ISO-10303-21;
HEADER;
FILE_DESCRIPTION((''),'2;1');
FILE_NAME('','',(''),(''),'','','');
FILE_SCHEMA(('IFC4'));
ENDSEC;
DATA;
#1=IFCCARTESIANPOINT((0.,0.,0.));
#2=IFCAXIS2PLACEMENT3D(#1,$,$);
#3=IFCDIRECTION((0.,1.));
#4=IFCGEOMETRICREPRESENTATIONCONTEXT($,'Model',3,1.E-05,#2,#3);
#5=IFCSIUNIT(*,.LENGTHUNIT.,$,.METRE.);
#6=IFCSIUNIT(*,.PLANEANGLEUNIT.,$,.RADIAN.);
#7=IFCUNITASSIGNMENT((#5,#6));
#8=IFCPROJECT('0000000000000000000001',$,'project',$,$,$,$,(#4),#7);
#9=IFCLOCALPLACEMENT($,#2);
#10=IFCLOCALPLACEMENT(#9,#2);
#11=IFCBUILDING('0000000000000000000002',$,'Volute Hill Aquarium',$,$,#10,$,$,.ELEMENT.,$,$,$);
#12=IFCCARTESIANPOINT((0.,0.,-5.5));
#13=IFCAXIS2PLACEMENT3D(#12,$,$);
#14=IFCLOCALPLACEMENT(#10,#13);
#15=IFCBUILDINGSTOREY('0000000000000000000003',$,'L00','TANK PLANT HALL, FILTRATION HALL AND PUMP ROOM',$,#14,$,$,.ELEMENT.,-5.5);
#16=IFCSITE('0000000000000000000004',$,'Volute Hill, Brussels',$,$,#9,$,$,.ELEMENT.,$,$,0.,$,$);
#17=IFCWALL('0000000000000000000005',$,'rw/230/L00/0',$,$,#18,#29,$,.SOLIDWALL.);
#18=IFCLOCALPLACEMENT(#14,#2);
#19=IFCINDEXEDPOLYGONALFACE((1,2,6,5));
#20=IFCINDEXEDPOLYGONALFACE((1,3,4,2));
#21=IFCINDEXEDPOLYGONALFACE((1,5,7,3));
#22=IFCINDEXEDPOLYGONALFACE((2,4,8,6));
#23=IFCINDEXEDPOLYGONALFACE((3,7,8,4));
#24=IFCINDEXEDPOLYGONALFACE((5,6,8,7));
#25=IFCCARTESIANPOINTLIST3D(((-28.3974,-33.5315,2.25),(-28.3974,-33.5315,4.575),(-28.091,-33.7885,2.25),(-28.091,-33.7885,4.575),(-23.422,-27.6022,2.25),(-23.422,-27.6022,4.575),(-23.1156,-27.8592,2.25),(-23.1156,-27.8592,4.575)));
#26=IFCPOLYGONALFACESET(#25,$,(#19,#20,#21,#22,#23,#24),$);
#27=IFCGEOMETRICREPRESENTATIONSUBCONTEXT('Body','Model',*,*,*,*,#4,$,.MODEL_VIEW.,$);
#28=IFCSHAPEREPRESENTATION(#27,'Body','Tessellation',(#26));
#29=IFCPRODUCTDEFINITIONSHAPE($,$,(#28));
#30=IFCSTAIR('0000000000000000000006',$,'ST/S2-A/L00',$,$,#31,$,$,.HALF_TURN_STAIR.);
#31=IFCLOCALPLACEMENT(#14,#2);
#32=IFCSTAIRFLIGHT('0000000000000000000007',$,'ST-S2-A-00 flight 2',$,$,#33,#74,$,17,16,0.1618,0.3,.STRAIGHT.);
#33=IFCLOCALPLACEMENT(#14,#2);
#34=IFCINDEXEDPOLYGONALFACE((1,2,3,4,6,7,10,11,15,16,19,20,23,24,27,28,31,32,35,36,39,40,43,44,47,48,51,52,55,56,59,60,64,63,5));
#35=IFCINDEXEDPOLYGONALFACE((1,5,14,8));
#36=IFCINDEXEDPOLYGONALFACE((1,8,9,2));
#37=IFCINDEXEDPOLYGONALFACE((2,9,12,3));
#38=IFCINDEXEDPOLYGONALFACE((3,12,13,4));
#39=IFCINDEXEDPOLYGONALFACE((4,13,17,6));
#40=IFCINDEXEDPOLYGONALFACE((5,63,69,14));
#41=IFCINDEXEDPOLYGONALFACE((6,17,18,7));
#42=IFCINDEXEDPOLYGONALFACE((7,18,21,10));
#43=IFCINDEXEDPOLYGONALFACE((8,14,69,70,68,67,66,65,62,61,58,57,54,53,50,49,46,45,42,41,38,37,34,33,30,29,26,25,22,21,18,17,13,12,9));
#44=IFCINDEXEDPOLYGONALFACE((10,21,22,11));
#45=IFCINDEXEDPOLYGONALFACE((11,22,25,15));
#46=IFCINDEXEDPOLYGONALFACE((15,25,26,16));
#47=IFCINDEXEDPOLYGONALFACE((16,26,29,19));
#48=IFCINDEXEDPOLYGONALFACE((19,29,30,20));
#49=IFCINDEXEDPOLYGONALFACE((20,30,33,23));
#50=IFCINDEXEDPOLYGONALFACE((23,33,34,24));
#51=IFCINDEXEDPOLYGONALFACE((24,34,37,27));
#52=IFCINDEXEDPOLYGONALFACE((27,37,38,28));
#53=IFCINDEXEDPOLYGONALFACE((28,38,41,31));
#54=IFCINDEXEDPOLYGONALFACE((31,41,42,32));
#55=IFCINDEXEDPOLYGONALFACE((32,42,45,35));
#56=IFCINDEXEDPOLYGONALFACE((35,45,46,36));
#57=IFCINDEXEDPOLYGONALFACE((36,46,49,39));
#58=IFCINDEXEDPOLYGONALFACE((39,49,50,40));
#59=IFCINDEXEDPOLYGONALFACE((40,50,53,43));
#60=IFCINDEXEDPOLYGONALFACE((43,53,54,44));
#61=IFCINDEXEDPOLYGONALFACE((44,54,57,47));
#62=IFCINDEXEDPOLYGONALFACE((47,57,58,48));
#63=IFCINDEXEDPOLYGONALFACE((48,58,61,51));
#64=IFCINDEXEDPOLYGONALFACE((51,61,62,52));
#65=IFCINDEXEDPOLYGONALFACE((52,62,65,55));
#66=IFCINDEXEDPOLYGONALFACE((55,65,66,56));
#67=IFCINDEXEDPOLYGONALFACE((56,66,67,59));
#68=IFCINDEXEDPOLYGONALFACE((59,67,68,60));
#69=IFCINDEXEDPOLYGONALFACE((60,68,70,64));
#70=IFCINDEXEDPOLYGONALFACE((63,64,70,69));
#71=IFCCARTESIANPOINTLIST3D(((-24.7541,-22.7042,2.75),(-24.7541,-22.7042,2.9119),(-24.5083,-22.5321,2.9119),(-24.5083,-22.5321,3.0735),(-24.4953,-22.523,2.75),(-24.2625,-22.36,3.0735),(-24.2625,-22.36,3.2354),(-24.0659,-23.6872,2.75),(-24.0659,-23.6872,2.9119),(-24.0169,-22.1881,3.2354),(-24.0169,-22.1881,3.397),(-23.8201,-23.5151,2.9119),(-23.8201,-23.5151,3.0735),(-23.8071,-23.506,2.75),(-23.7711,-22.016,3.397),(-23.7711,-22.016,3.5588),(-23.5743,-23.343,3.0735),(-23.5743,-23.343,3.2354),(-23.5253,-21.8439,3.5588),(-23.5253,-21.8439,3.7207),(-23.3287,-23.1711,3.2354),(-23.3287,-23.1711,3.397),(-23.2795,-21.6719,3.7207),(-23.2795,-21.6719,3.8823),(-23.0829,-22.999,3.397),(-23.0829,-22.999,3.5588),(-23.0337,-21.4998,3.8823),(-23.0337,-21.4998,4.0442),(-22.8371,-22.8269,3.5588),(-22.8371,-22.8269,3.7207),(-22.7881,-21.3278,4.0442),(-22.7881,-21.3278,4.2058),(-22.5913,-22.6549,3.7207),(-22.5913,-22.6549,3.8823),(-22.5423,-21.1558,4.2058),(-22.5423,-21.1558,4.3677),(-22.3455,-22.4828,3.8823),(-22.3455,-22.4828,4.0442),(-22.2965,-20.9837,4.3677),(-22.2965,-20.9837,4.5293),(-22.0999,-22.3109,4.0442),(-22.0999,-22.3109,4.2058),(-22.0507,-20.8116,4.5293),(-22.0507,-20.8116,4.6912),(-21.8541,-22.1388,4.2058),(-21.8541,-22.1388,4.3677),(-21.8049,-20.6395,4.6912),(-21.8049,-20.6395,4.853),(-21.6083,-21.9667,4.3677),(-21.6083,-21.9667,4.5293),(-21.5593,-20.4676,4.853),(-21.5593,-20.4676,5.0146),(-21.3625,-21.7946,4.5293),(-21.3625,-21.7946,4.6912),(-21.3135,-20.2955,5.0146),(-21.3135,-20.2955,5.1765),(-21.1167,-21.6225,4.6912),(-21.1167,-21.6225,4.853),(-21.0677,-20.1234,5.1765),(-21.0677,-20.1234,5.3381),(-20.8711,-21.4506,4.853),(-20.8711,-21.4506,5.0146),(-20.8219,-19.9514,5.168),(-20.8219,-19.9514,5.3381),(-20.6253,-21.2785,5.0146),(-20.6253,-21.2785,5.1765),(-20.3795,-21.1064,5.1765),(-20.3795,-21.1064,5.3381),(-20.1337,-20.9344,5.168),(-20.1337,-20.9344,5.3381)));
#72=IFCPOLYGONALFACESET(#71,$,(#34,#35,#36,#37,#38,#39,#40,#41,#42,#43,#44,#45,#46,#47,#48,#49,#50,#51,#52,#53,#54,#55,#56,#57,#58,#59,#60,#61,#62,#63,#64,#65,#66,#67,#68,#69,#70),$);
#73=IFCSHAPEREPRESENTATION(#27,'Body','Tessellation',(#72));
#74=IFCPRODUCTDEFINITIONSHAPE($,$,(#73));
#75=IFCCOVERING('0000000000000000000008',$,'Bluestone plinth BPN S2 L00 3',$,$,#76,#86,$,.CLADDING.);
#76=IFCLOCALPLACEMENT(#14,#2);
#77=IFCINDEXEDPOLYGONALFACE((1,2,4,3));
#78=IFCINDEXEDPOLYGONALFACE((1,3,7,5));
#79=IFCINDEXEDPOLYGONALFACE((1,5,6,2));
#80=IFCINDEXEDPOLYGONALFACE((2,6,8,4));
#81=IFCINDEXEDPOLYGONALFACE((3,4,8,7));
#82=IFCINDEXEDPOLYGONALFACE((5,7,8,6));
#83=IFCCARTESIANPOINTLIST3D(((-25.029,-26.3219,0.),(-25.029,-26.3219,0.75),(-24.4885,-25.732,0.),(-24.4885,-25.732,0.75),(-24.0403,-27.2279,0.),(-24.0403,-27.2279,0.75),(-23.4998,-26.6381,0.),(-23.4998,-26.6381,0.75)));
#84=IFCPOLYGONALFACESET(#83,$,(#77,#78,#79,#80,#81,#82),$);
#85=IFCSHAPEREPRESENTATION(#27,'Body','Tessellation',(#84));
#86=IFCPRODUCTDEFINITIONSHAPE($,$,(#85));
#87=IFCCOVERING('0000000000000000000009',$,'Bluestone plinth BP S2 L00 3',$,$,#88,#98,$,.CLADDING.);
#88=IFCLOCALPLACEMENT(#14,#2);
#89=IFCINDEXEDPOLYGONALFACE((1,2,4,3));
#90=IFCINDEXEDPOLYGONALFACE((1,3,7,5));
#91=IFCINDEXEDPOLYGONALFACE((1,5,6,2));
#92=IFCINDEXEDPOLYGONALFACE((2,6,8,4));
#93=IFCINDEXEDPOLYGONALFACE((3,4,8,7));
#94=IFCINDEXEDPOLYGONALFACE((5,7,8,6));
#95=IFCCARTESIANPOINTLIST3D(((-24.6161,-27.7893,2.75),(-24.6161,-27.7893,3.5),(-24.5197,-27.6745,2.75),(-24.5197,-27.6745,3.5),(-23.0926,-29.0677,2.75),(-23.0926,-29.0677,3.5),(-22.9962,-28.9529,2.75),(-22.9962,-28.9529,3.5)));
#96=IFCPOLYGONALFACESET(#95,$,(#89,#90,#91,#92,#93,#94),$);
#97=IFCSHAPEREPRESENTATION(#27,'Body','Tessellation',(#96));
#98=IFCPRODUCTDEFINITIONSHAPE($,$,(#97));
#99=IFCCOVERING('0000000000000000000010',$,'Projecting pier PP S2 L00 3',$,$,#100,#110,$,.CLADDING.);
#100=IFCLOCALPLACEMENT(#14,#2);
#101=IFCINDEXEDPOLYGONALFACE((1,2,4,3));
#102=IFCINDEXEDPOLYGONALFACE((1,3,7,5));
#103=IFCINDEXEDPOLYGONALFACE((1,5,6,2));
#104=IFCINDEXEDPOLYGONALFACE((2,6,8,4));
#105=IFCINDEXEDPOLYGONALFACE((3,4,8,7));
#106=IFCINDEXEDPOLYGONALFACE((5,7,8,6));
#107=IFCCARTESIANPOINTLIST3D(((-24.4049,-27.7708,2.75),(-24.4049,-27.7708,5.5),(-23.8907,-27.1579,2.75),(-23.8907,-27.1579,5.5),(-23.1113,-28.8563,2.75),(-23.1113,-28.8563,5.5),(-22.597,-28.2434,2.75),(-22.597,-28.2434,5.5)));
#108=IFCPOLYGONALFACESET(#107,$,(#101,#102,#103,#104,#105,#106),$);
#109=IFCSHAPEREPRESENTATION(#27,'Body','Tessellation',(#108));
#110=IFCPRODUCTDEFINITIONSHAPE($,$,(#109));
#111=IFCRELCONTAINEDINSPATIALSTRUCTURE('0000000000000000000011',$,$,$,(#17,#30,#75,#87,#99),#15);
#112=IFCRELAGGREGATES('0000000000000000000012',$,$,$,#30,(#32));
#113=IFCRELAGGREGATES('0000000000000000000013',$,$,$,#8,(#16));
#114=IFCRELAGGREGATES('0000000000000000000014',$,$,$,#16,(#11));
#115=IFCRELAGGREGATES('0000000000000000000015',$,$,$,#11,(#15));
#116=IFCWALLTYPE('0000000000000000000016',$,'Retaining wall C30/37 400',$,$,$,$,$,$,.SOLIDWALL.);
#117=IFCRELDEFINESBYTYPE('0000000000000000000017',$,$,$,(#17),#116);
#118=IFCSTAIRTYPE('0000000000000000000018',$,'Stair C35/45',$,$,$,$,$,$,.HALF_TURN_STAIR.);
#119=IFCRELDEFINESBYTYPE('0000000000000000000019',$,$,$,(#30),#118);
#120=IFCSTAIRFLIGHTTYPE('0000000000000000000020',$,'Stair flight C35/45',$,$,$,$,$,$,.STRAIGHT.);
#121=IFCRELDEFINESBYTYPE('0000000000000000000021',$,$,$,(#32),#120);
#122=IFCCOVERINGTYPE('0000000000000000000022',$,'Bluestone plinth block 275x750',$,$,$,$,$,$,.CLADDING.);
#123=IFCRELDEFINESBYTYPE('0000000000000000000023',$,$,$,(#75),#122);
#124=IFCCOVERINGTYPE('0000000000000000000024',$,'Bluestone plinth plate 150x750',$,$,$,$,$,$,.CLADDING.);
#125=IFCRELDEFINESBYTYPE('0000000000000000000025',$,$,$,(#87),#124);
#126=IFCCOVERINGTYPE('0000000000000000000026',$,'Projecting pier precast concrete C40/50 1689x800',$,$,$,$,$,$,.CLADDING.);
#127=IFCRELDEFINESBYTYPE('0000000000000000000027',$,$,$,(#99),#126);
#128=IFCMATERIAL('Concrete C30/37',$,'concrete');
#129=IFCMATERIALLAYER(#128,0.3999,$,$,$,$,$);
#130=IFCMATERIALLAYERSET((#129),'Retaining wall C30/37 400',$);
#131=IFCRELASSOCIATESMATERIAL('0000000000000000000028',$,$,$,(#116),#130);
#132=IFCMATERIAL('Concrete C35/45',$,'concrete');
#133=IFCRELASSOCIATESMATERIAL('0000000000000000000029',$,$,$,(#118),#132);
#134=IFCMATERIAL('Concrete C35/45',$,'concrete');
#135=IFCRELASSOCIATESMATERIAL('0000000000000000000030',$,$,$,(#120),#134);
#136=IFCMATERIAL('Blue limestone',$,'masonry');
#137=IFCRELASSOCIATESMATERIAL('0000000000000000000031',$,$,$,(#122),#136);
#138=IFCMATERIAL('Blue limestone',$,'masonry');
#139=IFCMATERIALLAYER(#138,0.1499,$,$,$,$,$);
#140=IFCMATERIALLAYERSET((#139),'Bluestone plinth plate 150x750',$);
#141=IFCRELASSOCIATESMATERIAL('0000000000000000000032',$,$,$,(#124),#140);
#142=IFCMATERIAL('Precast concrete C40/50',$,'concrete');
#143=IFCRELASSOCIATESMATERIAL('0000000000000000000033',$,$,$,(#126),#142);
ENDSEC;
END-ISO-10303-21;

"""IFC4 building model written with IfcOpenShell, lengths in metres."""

from ifc_helpers import new_model, si_unit, direction, frame, frame_2d, origin, origin_2d, place, context, subcontext, project, spatial, polyline, rectangle, outline, extrude, material, layer, layer_set, type_object, element, aggregate, save


model = new_model("IFC4")

# Units and contexts
model_context = context("Model", 3, precision=1e-05, world=origin(), true_north=direction((0.0, 1.0)))
body_context = subcontext(model_context, "Body", "Model", "MODEL_VIEW")
ifc_project = project(units=[si_unit("LENGTHUNIT", "METRE"), si_unit("PLANEANGLEUNIT", "RADIAN")], contexts=[model_context])

# Site, building, storey
site_placement = place(None, origin())
site = spatial("IfcSite", under=ifc_project, at=site_placement, Name="Volute Hill, Brussels", CompositionType="ELEMENT", RefElevation=0.0)
building_placement = place(site_placement, origin())
building = spatial("IfcBuilding", under=site, at=building_placement, Name="Volute Hill Aquarium", CompositionType="ELEMENT")
storey_placement = place(building_placement, frame((0.0, 0.0, -5.5)))
storey = spatial("IfcBuildingStorey", under=building, at=storey_placement, Name="L00", Description="TANK PLANT HALL, FILTRATION HALL AND PUMP ROOM", CompositionType="ELEMENT", Elevation=-5.5)

# Wall
ifc_material_1 = material(Name="Concrete C30/37", Category="concrete")
ifc_layer_1 = layer(ifc_material_1, 0.3999)
ifc_layer_set_1 = layer_set([ifc_layer_1], Name="Retaining wall C30/37 400")
wall_type_1 = type_object("IfcWallType", Name="Retaining wall C30/37 400", PredefinedType="SOLIDWALL", material=ifc_layer_set_1)
wall_1_placement = place(storey_placement, frame((-23.2688, -27.7307, 2.25), z_axis=(0.0, 0.0, 1.0), x_axis=(-0.642799, -0.766035, 0.0)))
element("IfcWall", 1, at=wall_1_placement, inside=storey, type_object=wall_type_1, Name="rw/230/L00/0", PredefinedType="SOLIDWALL", context=body_context, shape_type="SweptSolid", body=[
    extrude(rectangle(XDim=7.7402, YDim=0.3999, at=frame_2d((3.8701, 0.0))), origin(), (0.0, 0.0, 1.0), 2.325),
])

# Stair, stair flight
ifc_material_2 = material(Name="Concrete C35/45", Category="concrete")
stair_type = type_object("IfcStairType", Name="Stair C35/45", PredefinedType="HALF_TURN_STAIR", material=ifc_material_2)
stair_placement = place(storey_placement, origin())
stair = element("IfcStair", 2, at=stair_placement, inside=storey, type_object=stair_type, Name="ST/S2-A/L00", PredefinedType="HALF_TURN_STAIR")
ifc_material_3 = material(Name="Concrete C35/45", Category="concrete")
stair_flight_type = type_object("IfcStairFlightType", Name="Stair flight C35/45", PredefinedType="STRAIGHT", material=ifc_material_3)
stair_flight_placement = place(storey_placement, frame((-24.4099, -23.1958, 2.75), z_axis=(0.0, 0.0, 1.0), x_axis=(0.819204, 0.573503, 0.0)))
stair_flight = element("IfcStairFlight", 3, at=stair_flight_placement, type_object=stair_flight_type, Name="ST-S2-A-00 flight 2", NumberOfRisers=17, NumberOfTreads=16, PredefinedType="STRAIGHT", RiserHeight=0.1618, TreadLength=0.3, context=body_context, shape_type="SweptSolid", body=[
    extrude(outline(polyline([(0.0, 0.0), (0.0, 0.1619), (0.3, 0.1619), (0.3, 0.3235), (0.6001, 0.3235), (0.6001, 0.4854), (0.8999, 0.4854), (0.8999, 0.647), (1.2, 0.647), (1.2, 0.8088), (1.5, 0.8088), (1.5, 0.9707), (1.8, 0.9707), (1.8, 1.1323), (2.1001, 1.1323), (2.1001, 1.2942), (2.3999, 1.2942), (2.3999, 1.4558), (2.7, 1.4558), (2.7, 1.6177), (3.0, 1.6177), (3.0, 1.7793), (3.3, 1.7793), (3.3, 1.9412), (3.6001, 1.9412), (3.6001, 2.103), (3.8999, 2.103), (3.8999, 2.2646), (4.2, 2.2646), (4.2, 2.4265), (4.5, 2.4265), (4.5, 2.5881), (4.8, 2.5881), (4.8, 2.75), (4.8, 2.418), (0.3159, 0.0), (0.0, 0.0)])), frame((0.0, 0.6001, 0.0), z_axis=(0.0, -1.0, 0.0), x_axis=(1.0, 0.0, 0.0)), (0.0, 0.0, 1.0), 1.2),
])
aggregate(stair, [stair_flight])

# Coverings
ifc_material_4 = material(Name="Blue limestone", Category="masonry")
covering_type_1 = type_object("IfcCoveringType", Name="Bluestone plinth block 275x750", PredefinedType="CLADDING", material=ifc_material_4)
covering_1_placement = place(storey_placement, frame((-24.2644, -26.48, 0.0), z_axis=(0.0, 0.0, 1.0), x_axis=(0.737279, -0.675588, 0.0)))
element("IfcCovering", 4, at=covering_1_placement, inside=storey, type_object=covering_type_1, Name="Bluestone plinth BPN S2 L00 3", PredefinedType="CLADDING", context=body_context, shape_type="SweptSolid", body=[
    extrude(rectangle(XDim=1.3411, YDim=0.8, at=origin_2d()), origin(), (0.0, 0.0, 1.0), 0.75),
])
ifc_material_5 = material(Name="Blue limestone", Category="masonry")
ifc_layer_2 = layer(ifc_material_5, 0.1499)
ifc_layer_set_2 = layer_set([ifc_layer_2], Name="Bluestone plinth plate 150x750")
covering_type_2 = type_object("IfcCoveringType", Name="Bluestone plinth plate 150x750", PredefinedType="CLADDING", material=ifc_layer_set_2)
covering_2_placement = place(storey_placement, frame((-23.8062, -28.3711, 2.75), z_axis=(0.0, 0.0, 1.0), x_axis=(0.766044, -0.642788, 0.0)))
element("IfcCovering", 5, at=covering_2_placement, inside=storey, type_object=covering_type_2, Name="Bluestone plinth BP S2 L00 3", PredefinedType="CLADDING", context=body_context, shape_type="SweptSolid", body=[
    extrude(rectangle(XDim=1.9888, YDim=0.1499, at=origin_2d()), origin(), (0.0, 0.0, 1.0), 0.75),
])

# Covering
ifc_material_6 = material(Name="Precast concrete C40/50", Category="concrete")
covering_type_3 = type_object("IfcCoveringType", Name="Projecting pier precast concrete C40/50 1689x800", PredefinedType="CLADDING", material=ifc_material_6)
covering_3_placement = place(storey_placement, frame((-23.501, -28.0071, 2.75), z_axis=(0.0, 0.0, 1.0), x_axis=(0.766044, -0.642788, 0.0)))
element("IfcCovering", 6, at=covering_3_placement, inside=storey, type_object=covering_type_3, Name="Projecting pier PP S2 L00 3", PredefinedType="CLADDING", context=body_context, shape_type="SweptSolid", body=[
    extrude(rectangle(XDim=1.6887, YDim=0.8, at=origin_2d()), origin(), (0.0, 0.0, 1.0), 2.75),
])

save(model, "model.ifc")
